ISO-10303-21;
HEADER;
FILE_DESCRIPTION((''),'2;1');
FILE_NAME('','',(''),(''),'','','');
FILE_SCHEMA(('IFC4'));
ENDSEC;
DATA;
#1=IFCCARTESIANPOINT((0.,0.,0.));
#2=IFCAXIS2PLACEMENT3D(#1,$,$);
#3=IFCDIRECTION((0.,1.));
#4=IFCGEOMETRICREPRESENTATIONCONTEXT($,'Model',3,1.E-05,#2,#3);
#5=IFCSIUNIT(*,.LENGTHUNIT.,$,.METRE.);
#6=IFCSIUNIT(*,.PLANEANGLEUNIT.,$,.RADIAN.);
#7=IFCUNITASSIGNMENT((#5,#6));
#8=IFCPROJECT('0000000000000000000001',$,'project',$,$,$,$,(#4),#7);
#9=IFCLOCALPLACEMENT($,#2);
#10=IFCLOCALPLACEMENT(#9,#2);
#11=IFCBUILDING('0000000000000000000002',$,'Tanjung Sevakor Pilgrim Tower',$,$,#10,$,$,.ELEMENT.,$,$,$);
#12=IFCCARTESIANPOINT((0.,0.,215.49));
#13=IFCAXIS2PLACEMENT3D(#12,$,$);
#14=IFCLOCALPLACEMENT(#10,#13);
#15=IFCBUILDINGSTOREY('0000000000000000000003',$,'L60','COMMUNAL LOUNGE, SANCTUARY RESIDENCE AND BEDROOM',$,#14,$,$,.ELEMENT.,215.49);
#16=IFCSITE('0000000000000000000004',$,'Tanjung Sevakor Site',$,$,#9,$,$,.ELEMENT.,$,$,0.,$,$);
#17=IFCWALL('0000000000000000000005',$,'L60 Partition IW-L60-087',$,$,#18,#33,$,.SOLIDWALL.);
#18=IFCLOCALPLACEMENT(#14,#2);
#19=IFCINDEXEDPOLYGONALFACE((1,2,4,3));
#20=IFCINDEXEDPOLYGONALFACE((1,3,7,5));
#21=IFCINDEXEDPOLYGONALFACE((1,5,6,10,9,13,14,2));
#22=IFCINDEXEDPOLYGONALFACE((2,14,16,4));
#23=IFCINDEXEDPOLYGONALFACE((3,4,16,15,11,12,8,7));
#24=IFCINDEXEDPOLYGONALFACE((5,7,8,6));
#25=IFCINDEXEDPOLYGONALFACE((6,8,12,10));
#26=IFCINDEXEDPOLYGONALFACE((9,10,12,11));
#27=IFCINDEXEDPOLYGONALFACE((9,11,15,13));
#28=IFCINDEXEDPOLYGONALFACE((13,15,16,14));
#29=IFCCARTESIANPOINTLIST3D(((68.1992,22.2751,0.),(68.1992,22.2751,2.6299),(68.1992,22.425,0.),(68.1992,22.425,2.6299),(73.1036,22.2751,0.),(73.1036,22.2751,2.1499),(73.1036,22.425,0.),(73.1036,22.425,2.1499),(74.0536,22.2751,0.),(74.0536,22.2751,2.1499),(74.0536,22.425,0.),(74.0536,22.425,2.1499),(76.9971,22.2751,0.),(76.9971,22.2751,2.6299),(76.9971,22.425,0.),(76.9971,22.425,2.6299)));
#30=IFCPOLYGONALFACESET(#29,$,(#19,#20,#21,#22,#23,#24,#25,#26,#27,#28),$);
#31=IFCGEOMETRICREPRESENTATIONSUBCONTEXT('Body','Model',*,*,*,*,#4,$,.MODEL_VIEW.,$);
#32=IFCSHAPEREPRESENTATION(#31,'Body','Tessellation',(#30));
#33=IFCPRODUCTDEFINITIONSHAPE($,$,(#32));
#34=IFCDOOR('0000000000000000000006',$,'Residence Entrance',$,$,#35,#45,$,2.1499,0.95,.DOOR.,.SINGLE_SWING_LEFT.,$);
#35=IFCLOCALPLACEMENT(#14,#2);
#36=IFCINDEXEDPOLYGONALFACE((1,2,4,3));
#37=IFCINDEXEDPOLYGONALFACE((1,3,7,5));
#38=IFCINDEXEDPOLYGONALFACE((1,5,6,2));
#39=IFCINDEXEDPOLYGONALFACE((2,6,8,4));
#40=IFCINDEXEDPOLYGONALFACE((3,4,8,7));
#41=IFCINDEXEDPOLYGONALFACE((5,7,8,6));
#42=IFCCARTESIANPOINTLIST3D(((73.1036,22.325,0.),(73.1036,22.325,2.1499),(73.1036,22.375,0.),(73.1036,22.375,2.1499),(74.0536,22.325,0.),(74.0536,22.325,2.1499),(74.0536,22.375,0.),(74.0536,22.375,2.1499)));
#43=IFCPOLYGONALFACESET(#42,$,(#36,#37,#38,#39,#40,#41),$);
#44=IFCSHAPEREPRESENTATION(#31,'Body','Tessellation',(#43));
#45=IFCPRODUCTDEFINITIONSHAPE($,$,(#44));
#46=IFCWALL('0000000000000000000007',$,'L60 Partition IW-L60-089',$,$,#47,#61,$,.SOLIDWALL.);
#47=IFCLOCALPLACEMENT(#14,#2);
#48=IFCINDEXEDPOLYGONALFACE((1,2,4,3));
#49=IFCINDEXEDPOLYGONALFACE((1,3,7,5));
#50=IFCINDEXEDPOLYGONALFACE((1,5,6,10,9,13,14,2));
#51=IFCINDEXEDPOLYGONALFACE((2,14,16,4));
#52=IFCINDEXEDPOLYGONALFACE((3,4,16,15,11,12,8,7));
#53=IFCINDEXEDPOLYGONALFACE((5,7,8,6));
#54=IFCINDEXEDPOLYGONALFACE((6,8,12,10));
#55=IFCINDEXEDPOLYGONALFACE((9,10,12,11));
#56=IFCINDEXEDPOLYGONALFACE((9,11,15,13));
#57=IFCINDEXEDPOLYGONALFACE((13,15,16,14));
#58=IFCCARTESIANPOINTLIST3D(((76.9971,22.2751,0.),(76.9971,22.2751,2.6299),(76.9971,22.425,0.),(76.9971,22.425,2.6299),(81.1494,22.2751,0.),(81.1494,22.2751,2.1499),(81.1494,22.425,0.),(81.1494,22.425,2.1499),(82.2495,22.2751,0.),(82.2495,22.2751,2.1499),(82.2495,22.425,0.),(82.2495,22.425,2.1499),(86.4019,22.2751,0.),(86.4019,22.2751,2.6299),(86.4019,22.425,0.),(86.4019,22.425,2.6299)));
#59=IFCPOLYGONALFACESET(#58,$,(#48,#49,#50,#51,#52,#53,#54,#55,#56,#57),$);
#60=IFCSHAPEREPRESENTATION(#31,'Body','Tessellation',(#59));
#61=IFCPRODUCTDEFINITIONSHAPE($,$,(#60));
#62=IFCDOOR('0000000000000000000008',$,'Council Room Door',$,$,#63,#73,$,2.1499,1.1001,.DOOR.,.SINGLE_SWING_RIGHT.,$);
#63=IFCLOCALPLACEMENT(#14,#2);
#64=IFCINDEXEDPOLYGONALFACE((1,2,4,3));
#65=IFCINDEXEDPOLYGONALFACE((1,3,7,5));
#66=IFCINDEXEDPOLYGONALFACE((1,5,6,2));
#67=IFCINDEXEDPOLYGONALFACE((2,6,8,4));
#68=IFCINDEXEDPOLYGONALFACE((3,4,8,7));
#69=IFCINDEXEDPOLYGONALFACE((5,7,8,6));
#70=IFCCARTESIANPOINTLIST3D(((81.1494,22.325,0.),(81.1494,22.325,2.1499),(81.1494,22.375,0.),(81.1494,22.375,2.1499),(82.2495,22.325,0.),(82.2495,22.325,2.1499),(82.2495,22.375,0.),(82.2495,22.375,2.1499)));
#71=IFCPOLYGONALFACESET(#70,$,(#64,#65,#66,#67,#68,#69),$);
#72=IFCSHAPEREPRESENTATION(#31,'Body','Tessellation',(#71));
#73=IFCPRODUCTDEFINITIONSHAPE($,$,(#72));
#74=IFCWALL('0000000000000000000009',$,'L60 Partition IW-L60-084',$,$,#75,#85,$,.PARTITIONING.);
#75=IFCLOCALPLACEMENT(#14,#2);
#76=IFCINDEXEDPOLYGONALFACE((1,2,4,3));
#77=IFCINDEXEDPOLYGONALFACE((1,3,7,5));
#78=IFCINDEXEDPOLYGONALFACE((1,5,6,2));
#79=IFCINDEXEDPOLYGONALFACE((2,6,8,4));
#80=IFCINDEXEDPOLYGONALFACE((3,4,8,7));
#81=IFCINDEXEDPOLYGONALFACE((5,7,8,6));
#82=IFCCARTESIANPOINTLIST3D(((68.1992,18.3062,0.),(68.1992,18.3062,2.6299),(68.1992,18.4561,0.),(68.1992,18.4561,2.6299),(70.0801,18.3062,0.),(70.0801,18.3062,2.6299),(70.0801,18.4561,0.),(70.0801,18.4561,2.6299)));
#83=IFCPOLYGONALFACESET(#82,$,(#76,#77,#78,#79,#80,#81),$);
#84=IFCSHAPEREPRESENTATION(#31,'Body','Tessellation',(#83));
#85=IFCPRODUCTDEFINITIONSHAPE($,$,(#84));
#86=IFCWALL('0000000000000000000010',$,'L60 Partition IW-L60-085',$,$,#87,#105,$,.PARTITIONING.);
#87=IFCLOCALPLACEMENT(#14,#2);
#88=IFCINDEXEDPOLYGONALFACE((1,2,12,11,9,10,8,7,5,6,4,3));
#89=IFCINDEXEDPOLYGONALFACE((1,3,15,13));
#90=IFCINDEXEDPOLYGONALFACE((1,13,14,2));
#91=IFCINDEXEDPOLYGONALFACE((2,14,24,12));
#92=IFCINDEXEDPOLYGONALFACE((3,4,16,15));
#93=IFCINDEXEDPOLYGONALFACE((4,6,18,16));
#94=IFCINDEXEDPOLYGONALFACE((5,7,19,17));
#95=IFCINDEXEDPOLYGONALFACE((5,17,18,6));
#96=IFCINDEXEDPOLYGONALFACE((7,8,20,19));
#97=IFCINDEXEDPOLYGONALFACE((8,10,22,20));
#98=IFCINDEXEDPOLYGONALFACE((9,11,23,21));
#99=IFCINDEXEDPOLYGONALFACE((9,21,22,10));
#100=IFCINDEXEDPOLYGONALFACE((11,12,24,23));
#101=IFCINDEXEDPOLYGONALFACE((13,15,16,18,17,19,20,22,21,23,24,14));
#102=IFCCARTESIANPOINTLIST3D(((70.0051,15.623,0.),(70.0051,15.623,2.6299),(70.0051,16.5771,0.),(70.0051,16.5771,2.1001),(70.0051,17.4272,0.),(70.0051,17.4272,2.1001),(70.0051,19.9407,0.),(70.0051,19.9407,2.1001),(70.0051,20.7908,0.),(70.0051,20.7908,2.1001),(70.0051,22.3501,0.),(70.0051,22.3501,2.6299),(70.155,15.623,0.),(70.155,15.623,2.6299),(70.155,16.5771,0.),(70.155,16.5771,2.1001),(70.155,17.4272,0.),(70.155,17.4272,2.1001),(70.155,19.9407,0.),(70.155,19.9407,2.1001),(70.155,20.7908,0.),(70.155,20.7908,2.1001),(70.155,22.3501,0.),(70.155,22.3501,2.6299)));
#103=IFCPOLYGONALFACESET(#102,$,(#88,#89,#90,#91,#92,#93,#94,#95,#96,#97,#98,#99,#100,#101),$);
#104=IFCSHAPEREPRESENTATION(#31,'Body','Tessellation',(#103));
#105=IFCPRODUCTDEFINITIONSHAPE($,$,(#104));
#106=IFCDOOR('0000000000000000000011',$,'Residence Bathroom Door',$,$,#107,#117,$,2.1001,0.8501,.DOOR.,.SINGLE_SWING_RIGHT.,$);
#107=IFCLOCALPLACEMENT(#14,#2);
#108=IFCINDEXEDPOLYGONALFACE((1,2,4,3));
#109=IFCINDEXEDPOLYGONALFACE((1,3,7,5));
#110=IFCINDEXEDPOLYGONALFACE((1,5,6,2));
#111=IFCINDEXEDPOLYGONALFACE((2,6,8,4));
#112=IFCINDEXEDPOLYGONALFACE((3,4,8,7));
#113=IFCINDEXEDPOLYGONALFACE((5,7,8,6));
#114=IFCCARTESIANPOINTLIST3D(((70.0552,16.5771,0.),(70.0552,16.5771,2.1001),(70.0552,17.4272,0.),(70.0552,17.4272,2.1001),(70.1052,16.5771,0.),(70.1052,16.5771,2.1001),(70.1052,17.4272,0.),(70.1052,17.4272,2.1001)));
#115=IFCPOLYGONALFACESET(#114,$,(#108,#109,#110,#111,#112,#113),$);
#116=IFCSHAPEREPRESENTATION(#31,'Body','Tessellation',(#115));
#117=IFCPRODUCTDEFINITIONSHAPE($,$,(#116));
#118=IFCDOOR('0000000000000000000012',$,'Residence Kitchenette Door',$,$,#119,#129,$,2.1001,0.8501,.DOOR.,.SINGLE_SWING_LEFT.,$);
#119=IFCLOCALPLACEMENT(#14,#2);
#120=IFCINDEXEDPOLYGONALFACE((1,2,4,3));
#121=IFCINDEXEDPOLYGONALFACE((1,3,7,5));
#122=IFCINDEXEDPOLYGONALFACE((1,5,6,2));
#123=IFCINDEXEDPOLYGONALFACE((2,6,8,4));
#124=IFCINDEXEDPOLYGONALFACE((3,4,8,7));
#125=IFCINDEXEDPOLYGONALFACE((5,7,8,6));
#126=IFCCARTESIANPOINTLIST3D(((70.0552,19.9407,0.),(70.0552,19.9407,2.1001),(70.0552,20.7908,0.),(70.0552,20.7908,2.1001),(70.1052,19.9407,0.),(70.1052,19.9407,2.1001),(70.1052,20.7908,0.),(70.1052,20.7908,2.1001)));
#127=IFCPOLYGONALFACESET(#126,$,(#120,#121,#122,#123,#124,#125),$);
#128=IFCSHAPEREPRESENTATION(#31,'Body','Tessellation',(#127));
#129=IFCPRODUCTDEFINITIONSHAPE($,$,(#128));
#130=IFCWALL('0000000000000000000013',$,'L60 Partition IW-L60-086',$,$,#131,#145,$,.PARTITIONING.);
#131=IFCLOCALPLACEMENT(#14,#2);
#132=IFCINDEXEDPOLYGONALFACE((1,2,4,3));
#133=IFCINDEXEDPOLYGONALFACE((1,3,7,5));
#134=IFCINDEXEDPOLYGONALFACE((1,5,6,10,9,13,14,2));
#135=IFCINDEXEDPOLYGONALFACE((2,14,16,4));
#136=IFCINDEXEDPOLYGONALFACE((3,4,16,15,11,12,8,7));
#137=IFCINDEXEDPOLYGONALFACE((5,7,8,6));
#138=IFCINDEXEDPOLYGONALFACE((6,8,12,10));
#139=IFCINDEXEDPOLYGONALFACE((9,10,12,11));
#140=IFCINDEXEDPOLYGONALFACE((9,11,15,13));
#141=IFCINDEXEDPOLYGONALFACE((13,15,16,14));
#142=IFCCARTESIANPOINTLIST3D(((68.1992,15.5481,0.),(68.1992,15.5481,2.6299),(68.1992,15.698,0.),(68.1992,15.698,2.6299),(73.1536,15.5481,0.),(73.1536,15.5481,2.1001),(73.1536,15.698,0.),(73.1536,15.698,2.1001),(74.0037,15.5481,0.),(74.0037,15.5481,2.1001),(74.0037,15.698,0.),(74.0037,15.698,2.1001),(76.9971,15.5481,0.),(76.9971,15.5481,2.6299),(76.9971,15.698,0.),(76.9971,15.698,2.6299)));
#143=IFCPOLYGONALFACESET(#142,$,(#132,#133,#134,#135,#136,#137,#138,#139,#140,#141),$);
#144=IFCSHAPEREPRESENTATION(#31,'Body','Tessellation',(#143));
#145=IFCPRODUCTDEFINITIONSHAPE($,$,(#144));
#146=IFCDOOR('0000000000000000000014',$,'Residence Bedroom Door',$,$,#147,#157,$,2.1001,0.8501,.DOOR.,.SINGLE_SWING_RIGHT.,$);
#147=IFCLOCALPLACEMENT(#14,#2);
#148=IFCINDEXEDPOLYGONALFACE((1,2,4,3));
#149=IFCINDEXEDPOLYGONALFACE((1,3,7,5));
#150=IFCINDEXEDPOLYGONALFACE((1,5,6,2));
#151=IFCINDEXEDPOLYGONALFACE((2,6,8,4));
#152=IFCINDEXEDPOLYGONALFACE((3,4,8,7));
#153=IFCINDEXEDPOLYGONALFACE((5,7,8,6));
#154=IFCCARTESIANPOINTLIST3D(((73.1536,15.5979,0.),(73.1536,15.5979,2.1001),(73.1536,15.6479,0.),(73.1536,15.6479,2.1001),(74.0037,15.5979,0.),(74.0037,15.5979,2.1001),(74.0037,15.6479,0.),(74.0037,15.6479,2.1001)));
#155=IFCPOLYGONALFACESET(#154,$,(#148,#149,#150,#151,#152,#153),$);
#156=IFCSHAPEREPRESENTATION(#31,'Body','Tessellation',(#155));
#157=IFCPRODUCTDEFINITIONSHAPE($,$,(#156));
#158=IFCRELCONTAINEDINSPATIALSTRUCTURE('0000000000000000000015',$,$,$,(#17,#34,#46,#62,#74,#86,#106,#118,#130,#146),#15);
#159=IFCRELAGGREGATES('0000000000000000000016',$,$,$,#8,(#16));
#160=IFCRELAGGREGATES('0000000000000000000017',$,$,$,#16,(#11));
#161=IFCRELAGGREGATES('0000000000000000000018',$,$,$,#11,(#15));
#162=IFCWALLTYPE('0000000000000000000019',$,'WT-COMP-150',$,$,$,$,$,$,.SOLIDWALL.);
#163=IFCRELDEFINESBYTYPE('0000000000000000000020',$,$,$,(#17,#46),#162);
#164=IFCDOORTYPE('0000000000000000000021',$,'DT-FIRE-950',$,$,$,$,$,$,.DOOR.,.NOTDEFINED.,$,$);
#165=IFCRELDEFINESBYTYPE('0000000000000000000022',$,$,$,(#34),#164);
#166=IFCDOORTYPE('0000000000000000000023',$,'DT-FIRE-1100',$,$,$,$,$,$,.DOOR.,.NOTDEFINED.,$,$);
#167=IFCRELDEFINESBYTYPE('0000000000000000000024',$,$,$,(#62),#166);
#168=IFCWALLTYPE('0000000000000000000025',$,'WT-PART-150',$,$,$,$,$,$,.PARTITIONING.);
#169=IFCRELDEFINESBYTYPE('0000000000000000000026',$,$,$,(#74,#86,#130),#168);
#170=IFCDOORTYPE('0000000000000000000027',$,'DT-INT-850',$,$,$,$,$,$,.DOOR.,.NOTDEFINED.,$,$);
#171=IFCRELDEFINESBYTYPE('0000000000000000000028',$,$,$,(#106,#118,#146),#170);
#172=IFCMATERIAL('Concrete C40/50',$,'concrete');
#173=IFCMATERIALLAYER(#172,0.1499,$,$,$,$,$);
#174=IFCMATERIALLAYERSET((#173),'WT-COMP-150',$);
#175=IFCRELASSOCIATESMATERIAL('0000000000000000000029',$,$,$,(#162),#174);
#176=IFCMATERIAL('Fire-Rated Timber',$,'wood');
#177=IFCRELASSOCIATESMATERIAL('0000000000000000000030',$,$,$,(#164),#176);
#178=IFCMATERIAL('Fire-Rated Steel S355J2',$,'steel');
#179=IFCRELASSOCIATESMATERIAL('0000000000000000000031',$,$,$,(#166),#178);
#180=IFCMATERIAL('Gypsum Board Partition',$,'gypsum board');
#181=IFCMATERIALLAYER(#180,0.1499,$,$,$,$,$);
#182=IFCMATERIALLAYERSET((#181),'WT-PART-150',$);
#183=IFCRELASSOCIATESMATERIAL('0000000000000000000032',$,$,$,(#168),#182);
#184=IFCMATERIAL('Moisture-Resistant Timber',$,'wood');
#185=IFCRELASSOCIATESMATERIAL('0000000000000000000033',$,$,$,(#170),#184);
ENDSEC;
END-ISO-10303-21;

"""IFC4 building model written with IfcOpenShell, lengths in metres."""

from ifc_helpers import new_model, si_unit, direction, frame, frame_2d, origin, place, context, subcontext, project, spatial, rectangle, extrude, material, layer, layer_set, type_object, element, fill, save


model = new_model("IFC4")

# Units and contexts
model_context = context("Model", 3, precision=1e-05, world=origin(), true_north=direction((0.0, 1.0)))
body_context = subcontext(model_context, "Body", "Model", "MODEL_VIEW")
ifc_project = project(units=[si_unit("LENGTHUNIT", "METRE"), si_unit("PLANEANGLEUNIT", "RADIAN")], contexts=[model_context])

# Site, building, storey
site_placement = place(None, origin())
site = spatial("IfcSite", under=ifc_project, at=site_placement, Name="Tanjung Sevakor Site", CompositionType="ELEMENT", RefElevation=0.0)
building_placement = place(site_placement, origin())
building = spatial("IfcBuilding", under=site, at=building_placement, Name="Tanjung Sevakor Pilgrim Tower", CompositionType="ELEMENT")
storey_placement = place(building_placement, frame((0.0, 0.0, 215.49)))
storey = spatial("IfcBuildingStorey", under=building, at=storey_placement, Name="L60", Description="COMMUNAL LOUNGE, SANCTUARY RESIDENCE AND BEDROOM", CompositionType="ELEMENT", Elevation=215.49)

# Shared definitions
ifc_material_1 = material(Name="Concrete C40/50", Category="concrete")
ifc_layer_1 = layer(ifc_material_1, 0.1499)
ifc_layer_set_1 = layer_set([ifc_layer_1], Name="WT-COMP-150")
wall_type_1 = type_object("IfcWallType", Name="WT-COMP-150", PredefinedType="SOLIDWALL", material=ifc_layer_set_1)

# Walls, openings, doors
wall_1_placement = place(storey_placement, frame((68.1992, 22.3501, 0.0), z_axis=(0.0, 0.0, 1.0), x_axis=(1.0, 0.0, 0.0)))
wall_1 = element("IfcWall", 1, at=wall_1_placement, inside=storey, type_object=wall_type_1, Name="L60 Partition IW-L60-087", PredefinedType="SOLIDWALL", context=body_context, shape_type="SweptSolid", body=[
    extrude(rectangle(XDim=8.7979, YDim=0.1499, at=frame_2d((4.3989, 0.0))), origin(), (0.0, 0.0, 1.0), 2.6299),
])
opening_1_placement = place(wall_1_placement, frame((4.9043, 0.0, 0.0)))
opening_1 = element("IfcOpeningElement", 2, at=opening_1_placement, cuts=wall_1, PredefinedType="OPENING", context=body_context, shape_type="SweptSolid", body=[
    extrude(rectangle(XDim=0.95, YDim=2.1499, at=frame_2d((0.4751, 1.075))), frame((0.0, 0.085, 0.0), z_axis=(0.0, -1.0, 0.0), x_axis=(1.0, 0.0, 0.0)), (0.0, 0.0, 1.0), 0.1699),
])
ifc_material_2 = material(Name="Fire-Rated Timber", Category="wood")
door_type_1 = type_object("IfcDoorType", Name="DT-FIRE-950", OperationType="NOTDEFINED", PredefinedType="DOOR", material=ifc_material_2)
door_1_placement = place(opening_1_placement, origin())
door_1 = element("IfcDoor", 3, at=door_1_placement, inside=storey, type_object=door_type_1, Name="Residence Entrance", OperationType="SINGLE_SWING_LEFT", OverallHeight=2.1499, OverallWidth=0.95, PredefinedType="DOOR", context=body_context, shape_type="SweptSolid", body=[
    extrude(rectangle(XDim=0.95, YDim=2.1499, at=frame_2d((0.4751, 1.075))), frame((0.0, 0.0249, 0.0), z_axis=(0.0, -1.0, 0.0), x_axis=(1.0, 0.0, 0.0)), (0.0, 0.0, 1.0), 0.05),
])
fill(opening_1, door_1)
wall_2_placement = place(storey_placement, frame((76.9971, 22.3501, 0.0), z_axis=(0.0, 0.0, 1.0), x_axis=(1.0, 0.0, 0.0)))
wall_2 = element("IfcWall", 4, at=wall_2_placement, inside=storey, type_object=wall_type_1, Name="L60 Partition IW-L60-089", PredefinedType="SOLIDWALL", context=body_context, shape_type="SweptSolid", body=[
    extrude(rectangle(XDim=9.4048, YDim=0.1499, at=frame_2d((4.7024, 0.0))), origin(), (0.0, 0.0, 1.0), 2.6299),
])
opening_2_placement = place(wall_2_placement, frame((4.1523, 0.0, 0.0)))
opening_2 = element("IfcOpeningElement", 5, at=opening_2_placement, cuts=wall_2, PredefinedType="OPENING", context=body_context, shape_type="SweptSolid", body=[
    extrude(rectangle(XDim=1.1001, YDim=2.1499, at=frame_2d((0.55, 1.075))), frame((0.0, 0.085, 0.0), z_axis=(0.0, -1.0, 0.0), x_axis=(1.0, 0.0, 0.0)), (0.0, 0.0, 1.0), 0.1699),
])
ifc_material_3 = material(Name="Fire-Rated Steel S355J2", Category="steel")
door_type_2 = type_object("IfcDoorType", Name="DT-FIRE-1100", OperationType="NOTDEFINED", PredefinedType="DOOR", material=ifc_material_3)
door_2_placement = place(opening_2_placement, origin())
door_2 = element("IfcDoor", 6, at=door_2_placement, inside=storey, type_object=door_type_2, Name="Council Room Door", OperationType="SINGLE_SWING_RIGHT", OverallHeight=2.1499, OverallWidth=1.1001, PredefinedType="DOOR", context=body_context, shape_type="SweptSolid", body=[
    extrude(rectangle(XDim=1.1001, YDim=2.1499, at=frame_2d((0.55, 1.075))), frame((0.0, 0.0249, 0.0), z_axis=(0.0, -1.0, 0.0), x_axis=(1.0, 0.0, 0.0)), (0.0, 0.0, 1.0), 0.05),
])
fill(opening_2, door_2)

# Wall
ifc_material_4 = material(Name="Gypsum Board Partition", Category="gypsum board")
ifc_layer_2 = layer(ifc_material_4, 0.1499)
ifc_layer_set_2 = layer_set([ifc_layer_2], Name="WT-PART-150")
wall_type_2 = type_object("IfcWallType", Name="WT-PART-150", PredefinedType="PARTITIONING", material=ifc_layer_set_2)
wall_3_placement = place(storey_placement, frame((68.1992, 18.3811, 0.0), z_axis=(0.0, 0.0, 1.0), x_axis=(1.0, 0.0, 0.0)))
element("IfcWall", 7, at=wall_3_placement, inside=storey, type_object=wall_type_2, Name="L60 Partition IW-L60-084", PredefinedType="PARTITIONING", context=body_context, shape_type="SweptSolid", body=[
    extrude(rectangle(XDim=1.8809, YDim=0.1499, at=frame_2d((0.9404, 0.0))), origin(), (0.0, 0.0, 1.0), 2.6299),
])

# Wall, openings, doors
wall_4_placement = place(storey_placement, frame((70.0801, 15.623, 0.0), z_axis=(0.0, 0.0, 1.0), x_axis=(0.0, 1.0, 0.0)))
wall_4 = element("IfcWall", 8, at=wall_4_placement, inside=storey, type_object=wall_type_2, Name="L60 Partition IW-L60-085", PredefinedType="PARTITIONING", context=body_context, shape_type="SweptSolid", body=[
    extrude(rectangle(XDim=6.7271, YDim=0.1499, at=frame_2d((3.3635, 0.0))), origin(), (0.0, 0.0, 1.0), 2.6299),
])
opening_3_placement = place(wall_4_placement, frame((0.9541, 0.0, 0.0)))
opening_3 = element("IfcOpeningElement", 9, at=opening_3_placement, cuts=wall_4, PredefinedType="OPENING", context=body_context, shape_type="SweptSolid", body=[
    extrude(rectangle(XDim=0.8501, YDim=2.1001, at=frame_2d((0.425, 1.05))), frame((0.0, 0.085, 0.0), z_axis=(0.0, -1.0, 0.0), x_axis=(1.0, 0.0, 0.0)), (0.0, 0.0, 1.0), 0.1699),
])
opening_4_placement = place(wall_4_placement, frame((4.3176, 0.0, 0.0)))
opening_4 = element("IfcOpeningElement", 10, at=opening_4_placement, cuts=wall_4, PredefinedType="OPENING", context=body_context, shape_type="SweptSolid", body=[
    extrude(rectangle(XDim=0.8501, YDim=2.1001, at=frame_2d((0.425, 1.05))), frame((0.0, 0.085, 0.0), z_axis=(0.0, -1.0, 0.0), x_axis=(1.0, 0.0, 0.0)), (0.0, 0.0, 1.0), 0.1699),
])
ifc_material_5 = material(Name="Moisture-Resistant Timber", Category="wood")
door_type_3 = type_object("IfcDoorType", Name="DT-INT-850", OperationType="NOTDEFINED", PredefinedType="DOOR", material=ifc_material_5)
door_3_placement = place(opening_3_placement, origin())
door_3 = element("IfcDoor", 11, at=door_3_placement, inside=storey, type_object=door_type_3, Name="Residence Bathroom Door", OperationType="SINGLE_SWING_RIGHT", OverallHeight=2.1001, OverallWidth=0.8501, PredefinedType="DOOR", context=body_context, shape_type="SweptSolid", body=[
    extrude(rectangle(XDim=0.8501, YDim=2.1001, at=frame_2d((0.425, 1.05))), frame((0.0, 0.0249, 0.0), z_axis=(0.0, -1.0, 0.0), x_axis=(1.0, 0.0, 0.0)), (0.0, 0.0, 1.0), 0.05),
])
fill(opening_3, door_3)
door_4_placement = place(opening_4_placement, origin())
door_4 = element("IfcDoor", 12, at=door_4_placement, inside=storey, type_object=door_type_3, Name="Residence Kitchenette Door", OperationType="SINGLE_SWING_LEFT", OverallHeight=2.1001, OverallWidth=0.8501, PredefinedType="DOOR", context=body_context, shape_type="SweptSolid", body=[
    extrude(rectangle(XDim=0.8501, YDim=2.1001, at=frame_2d((0.425, 1.05))), frame((0.0, 0.0249, 0.0), z_axis=(0.0, -1.0, 0.0), x_axis=(1.0, 0.0, 0.0)), (0.0, 0.0, 1.0), 0.05),
])
fill(opening_4, door_4)

# Wall, opening, door
wall_5_placement = place(storey_placement, frame((68.1992, 15.623, 0.0), z_axis=(0.0, 0.0, 1.0), x_axis=(1.0, 0.0, 0.0)))
wall_5 = element("IfcWall", 13, at=wall_5_placement, inside=storey, type_object=wall_type_2, Name="L60 Partition IW-L60-086", PredefinedType="PARTITIONING", context=body_context, shape_type="SweptSolid", body=[
    extrude(rectangle(XDim=8.7979, YDim=0.1499, at=frame_2d((4.3989, 0.0))), origin(), (0.0, 0.0, 1.0), 2.6299),
])
opening_5_placement = place(wall_5_placement, frame((4.9543, 0.0, 0.0)))
opening_5 = element("IfcOpeningElement", 14, at=opening_5_placement, cuts=wall_5, PredefinedType="OPENING", context=body_context, shape_type="SweptSolid", body=[
    extrude(rectangle(XDim=0.8501, YDim=2.1001, at=frame_2d((0.425, 1.05))), frame((0.0, 0.085, 0.0), z_axis=(0.0, -1.0, 0.0), x_axis=(1.0, 0.0, 0.0)), (0.0, 0.0, 1.0), 0.1699),
])
door_5_placement = place(opening_5_placement, origin())
door_5 = element("IfcDoor", 15, at=door_5_placement, inside=storey, type_object=door_type_3, Name="Residence Bedroom Door", OperationType="SINGLE_SWING_RIGHT", OverallHeight=2.1001, OverallWidth=0.8501, PredefinedType="DOOR", context=body_context, shape_type="SweptSolid", body=[
    extrude(rectangle(XDim=0.8501, YDim=2.1001, at=frame_2d((0.425, 1.05))), frame((0.0, 0.0249, 0.0), z_axis=(0.0, -1.0, 0.0), x_axis=(1.0, 0.0, 0.0)), (0.0, 0.0, 1.0), 0.05),
])
fill(opening_5, door_5)

save(model, "model.ifc")
